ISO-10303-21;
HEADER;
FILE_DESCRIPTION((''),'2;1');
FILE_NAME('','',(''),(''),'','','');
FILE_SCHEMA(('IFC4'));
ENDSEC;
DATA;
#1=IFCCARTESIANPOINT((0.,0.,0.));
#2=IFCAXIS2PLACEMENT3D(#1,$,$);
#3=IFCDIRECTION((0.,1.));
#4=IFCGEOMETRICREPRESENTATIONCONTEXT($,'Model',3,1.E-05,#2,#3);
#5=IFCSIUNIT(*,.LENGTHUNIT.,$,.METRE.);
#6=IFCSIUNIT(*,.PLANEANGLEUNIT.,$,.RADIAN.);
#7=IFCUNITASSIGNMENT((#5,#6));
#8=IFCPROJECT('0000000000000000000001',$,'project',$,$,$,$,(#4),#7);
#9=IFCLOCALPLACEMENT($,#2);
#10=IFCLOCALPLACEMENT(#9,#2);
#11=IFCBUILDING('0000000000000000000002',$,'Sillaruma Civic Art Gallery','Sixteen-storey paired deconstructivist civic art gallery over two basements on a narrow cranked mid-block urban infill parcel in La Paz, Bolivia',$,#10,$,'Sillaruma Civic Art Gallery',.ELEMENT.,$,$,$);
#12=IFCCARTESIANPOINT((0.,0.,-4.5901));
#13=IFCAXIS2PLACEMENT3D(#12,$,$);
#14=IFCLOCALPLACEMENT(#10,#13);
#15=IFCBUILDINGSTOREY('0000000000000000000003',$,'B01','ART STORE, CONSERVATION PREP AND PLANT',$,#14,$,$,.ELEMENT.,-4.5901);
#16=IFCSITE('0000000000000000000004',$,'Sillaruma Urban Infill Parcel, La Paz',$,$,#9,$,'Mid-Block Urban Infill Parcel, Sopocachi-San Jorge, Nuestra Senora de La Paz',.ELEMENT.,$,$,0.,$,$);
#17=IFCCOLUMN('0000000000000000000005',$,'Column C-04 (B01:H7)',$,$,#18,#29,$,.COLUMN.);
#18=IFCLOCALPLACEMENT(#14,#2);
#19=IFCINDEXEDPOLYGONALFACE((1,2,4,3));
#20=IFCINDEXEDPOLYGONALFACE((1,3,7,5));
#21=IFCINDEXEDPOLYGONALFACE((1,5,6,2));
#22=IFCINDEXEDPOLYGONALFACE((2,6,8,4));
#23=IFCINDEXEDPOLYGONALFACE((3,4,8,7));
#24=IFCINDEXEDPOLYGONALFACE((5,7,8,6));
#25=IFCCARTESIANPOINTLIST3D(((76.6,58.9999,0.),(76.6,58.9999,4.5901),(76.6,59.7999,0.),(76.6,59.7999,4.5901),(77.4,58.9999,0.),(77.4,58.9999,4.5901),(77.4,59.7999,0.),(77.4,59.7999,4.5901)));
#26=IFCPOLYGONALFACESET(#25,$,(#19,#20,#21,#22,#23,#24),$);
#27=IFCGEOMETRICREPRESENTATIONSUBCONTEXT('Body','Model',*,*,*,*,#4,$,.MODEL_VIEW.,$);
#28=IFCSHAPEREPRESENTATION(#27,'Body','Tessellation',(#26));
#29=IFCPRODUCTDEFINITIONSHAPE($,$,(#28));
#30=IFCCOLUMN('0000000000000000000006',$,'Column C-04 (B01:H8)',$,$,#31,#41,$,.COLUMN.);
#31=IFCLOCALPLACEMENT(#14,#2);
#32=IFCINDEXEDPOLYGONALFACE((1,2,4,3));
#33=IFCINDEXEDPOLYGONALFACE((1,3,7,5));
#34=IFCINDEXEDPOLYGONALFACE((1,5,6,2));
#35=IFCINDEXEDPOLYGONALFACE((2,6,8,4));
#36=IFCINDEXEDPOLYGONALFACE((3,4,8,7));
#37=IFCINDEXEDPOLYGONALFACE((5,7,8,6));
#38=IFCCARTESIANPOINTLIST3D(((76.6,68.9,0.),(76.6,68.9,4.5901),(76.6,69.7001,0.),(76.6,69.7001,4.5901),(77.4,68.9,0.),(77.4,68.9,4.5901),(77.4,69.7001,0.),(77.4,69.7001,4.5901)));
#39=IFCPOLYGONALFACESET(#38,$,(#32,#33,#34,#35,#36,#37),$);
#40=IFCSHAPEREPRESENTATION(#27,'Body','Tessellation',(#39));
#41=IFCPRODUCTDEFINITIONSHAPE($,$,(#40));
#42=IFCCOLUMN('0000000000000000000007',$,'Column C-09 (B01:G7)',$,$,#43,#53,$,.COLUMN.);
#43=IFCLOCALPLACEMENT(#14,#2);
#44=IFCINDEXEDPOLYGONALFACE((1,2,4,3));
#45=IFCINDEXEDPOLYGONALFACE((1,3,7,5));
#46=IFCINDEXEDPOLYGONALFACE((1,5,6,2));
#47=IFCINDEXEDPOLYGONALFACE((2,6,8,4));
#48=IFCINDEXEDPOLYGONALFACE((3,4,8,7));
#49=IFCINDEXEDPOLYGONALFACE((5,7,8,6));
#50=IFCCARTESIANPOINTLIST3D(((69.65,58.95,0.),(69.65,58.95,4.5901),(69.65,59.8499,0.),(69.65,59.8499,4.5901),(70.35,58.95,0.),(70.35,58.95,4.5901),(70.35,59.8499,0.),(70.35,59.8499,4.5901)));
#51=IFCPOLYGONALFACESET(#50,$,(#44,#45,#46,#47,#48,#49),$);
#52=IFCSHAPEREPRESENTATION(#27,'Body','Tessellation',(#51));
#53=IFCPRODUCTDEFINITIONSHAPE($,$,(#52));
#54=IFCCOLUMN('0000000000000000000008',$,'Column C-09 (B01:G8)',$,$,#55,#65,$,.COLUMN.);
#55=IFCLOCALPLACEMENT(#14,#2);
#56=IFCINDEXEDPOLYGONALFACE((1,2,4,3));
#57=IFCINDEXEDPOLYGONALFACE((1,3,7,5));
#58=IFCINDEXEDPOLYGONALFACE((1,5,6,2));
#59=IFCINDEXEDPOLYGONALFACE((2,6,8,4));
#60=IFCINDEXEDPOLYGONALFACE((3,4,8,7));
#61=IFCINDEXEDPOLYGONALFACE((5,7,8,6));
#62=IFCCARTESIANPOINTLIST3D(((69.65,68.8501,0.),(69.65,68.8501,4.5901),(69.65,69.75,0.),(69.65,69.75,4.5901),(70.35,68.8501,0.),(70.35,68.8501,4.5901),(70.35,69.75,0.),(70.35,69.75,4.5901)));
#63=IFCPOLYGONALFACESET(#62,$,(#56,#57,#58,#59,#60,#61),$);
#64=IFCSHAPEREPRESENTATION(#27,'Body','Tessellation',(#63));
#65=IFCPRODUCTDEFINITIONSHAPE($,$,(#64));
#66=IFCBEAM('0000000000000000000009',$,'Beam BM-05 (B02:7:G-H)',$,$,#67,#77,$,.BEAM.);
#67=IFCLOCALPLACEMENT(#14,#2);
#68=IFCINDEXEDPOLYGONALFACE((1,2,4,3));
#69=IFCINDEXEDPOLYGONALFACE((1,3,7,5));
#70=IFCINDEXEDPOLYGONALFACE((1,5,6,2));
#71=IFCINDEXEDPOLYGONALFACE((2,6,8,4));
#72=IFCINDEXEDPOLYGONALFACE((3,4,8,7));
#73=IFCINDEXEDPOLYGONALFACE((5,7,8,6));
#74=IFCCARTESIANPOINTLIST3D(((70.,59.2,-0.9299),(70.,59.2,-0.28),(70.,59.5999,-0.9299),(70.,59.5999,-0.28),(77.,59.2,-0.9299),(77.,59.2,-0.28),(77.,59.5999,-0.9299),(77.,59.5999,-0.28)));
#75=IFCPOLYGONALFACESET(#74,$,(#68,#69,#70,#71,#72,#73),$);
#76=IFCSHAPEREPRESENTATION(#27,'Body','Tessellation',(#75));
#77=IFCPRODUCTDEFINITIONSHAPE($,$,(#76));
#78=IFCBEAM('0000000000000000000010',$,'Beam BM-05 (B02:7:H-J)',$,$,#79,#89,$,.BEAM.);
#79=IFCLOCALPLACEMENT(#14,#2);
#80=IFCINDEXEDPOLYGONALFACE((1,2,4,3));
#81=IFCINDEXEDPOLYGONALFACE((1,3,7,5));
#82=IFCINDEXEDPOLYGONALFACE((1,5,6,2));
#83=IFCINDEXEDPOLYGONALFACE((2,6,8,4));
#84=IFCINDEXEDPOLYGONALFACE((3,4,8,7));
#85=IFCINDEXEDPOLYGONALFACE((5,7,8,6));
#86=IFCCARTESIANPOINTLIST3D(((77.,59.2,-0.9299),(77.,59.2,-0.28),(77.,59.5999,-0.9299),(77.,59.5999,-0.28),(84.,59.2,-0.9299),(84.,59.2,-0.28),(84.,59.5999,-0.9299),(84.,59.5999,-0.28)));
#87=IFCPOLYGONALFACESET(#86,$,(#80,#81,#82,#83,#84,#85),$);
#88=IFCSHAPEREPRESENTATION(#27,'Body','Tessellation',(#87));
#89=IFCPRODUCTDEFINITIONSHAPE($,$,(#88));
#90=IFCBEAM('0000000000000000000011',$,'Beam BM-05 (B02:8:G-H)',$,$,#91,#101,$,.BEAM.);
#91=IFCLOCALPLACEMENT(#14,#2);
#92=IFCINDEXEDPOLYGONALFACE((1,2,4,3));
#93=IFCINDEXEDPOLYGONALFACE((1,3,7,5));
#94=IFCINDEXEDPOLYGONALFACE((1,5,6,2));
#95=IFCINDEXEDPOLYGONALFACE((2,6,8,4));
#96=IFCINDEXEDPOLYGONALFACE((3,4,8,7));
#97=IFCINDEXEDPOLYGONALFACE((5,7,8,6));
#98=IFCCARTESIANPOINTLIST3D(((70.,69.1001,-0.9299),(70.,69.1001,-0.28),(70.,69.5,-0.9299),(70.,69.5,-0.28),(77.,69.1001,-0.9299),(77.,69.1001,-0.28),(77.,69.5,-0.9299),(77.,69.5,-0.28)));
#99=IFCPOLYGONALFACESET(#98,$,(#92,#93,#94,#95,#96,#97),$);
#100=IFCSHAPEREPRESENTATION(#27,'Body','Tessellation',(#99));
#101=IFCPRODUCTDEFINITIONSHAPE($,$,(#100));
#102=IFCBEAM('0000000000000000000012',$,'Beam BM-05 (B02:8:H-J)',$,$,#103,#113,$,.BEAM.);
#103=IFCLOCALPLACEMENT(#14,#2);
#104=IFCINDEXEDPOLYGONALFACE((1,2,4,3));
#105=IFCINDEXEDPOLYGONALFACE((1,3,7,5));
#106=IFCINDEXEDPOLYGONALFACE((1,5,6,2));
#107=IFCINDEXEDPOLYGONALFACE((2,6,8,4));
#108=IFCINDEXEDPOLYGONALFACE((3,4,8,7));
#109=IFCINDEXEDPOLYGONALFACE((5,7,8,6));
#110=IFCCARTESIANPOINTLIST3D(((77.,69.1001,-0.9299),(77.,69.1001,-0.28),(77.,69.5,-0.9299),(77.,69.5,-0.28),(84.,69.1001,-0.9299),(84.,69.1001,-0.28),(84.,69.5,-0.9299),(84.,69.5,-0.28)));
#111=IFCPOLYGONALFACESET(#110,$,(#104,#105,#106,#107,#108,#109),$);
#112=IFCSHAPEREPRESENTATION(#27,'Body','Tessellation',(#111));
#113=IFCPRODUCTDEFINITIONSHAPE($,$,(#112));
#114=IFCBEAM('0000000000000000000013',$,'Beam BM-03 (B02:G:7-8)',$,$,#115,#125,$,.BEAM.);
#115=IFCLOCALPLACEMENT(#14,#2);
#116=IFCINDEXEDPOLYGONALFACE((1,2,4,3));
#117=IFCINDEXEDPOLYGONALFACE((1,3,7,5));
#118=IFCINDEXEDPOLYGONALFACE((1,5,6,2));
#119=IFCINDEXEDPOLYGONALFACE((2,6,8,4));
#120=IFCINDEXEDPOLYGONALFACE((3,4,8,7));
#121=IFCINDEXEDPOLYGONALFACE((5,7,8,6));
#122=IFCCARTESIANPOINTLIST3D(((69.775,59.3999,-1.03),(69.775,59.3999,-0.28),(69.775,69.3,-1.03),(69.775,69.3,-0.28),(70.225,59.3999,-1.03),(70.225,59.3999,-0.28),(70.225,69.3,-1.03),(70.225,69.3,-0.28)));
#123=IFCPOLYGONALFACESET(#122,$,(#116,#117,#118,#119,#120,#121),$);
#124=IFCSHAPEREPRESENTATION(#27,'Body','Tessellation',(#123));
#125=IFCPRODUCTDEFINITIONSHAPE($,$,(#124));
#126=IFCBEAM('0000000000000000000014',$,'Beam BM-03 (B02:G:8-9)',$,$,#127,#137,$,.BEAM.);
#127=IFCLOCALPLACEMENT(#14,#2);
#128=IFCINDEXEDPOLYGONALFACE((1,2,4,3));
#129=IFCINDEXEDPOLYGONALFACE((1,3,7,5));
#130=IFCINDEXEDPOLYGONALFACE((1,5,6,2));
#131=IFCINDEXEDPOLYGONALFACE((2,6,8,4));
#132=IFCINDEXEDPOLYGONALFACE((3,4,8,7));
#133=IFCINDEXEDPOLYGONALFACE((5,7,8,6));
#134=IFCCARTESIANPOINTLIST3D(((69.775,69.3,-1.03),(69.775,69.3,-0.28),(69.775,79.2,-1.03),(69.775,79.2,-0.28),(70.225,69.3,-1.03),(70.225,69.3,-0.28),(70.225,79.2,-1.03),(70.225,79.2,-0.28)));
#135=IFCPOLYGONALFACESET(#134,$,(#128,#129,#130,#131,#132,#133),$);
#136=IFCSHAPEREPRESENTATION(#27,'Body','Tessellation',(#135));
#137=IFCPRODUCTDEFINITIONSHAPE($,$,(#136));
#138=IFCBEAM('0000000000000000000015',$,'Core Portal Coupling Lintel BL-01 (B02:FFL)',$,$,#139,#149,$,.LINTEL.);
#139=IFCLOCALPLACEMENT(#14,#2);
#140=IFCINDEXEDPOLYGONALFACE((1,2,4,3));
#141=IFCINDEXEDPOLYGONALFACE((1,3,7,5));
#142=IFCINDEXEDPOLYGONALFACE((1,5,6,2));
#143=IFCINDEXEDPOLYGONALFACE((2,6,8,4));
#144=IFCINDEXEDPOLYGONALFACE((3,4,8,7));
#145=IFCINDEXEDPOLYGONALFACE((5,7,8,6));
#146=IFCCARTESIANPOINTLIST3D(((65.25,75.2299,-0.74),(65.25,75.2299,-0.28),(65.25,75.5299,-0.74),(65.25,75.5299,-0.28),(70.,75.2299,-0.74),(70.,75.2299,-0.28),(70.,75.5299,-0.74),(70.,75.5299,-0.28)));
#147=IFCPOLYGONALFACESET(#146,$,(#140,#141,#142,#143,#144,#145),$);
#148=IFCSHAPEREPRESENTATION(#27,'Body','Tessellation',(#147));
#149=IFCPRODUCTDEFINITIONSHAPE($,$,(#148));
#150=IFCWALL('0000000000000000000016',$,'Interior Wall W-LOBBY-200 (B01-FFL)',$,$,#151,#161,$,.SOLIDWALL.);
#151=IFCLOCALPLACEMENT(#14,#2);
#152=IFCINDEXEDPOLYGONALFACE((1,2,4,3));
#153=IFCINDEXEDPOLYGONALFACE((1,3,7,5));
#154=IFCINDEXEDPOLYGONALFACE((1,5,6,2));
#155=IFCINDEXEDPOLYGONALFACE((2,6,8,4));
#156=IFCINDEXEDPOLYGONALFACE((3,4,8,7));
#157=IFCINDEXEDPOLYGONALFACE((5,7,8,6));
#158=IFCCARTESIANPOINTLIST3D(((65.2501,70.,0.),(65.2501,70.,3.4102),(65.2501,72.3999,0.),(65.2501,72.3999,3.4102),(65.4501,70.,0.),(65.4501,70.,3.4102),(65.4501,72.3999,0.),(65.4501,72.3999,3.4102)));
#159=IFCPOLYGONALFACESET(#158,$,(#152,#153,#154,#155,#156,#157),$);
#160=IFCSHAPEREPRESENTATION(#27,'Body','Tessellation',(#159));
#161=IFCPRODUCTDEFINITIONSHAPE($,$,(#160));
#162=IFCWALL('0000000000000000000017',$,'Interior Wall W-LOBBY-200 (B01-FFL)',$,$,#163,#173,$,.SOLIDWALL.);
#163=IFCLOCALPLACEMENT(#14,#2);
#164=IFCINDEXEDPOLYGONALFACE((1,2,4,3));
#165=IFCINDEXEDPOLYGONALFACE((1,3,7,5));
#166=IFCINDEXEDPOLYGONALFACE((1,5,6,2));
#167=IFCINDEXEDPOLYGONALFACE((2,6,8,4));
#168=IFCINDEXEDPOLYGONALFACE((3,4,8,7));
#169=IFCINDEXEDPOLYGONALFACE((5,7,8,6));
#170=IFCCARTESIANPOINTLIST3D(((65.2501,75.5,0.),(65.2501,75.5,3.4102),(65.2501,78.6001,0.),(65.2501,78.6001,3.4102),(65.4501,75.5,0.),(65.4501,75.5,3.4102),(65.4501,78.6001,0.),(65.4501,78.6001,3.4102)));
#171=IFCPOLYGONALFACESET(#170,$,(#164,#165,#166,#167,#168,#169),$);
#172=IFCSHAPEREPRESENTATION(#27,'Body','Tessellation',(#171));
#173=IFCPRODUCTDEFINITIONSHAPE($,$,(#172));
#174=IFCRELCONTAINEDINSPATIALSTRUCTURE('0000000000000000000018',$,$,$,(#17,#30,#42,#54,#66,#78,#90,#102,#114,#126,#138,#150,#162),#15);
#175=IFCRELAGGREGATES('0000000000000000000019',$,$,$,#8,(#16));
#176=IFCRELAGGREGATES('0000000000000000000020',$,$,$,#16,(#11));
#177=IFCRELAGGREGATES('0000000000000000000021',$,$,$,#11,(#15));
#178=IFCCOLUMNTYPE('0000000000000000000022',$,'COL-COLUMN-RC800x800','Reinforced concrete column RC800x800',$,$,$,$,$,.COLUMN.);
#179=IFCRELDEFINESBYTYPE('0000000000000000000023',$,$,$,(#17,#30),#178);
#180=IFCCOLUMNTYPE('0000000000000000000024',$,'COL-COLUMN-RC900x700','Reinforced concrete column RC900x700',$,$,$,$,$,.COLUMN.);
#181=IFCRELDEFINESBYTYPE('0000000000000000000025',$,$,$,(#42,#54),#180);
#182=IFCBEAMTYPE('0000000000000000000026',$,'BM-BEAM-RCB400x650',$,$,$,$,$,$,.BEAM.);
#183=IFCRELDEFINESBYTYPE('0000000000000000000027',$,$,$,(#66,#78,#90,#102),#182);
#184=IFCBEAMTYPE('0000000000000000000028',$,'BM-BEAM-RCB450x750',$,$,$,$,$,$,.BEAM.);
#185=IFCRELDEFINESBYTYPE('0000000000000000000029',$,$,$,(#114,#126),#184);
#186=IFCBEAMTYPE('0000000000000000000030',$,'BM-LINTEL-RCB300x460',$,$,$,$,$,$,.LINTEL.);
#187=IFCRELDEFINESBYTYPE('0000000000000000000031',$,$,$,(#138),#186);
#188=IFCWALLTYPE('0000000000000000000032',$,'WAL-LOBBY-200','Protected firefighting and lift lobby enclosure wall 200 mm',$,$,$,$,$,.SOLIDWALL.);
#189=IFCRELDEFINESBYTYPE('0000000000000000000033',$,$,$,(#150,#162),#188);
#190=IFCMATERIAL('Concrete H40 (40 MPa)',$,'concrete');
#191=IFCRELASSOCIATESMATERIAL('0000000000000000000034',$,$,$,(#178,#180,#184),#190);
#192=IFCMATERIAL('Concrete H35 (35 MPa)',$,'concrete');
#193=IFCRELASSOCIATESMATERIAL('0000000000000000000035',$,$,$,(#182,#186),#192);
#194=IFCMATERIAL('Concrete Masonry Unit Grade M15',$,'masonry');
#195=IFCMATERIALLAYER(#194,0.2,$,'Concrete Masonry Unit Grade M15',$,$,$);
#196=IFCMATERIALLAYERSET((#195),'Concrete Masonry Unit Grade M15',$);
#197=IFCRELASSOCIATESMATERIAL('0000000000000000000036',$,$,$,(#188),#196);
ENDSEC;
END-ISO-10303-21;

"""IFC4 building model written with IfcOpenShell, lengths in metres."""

from ifc_helpers import new_model, si_unit, direction, frame, frame_2d, origin, origin_2d, place, context, subcontext, project, spatial, rectangle, extrude, material, layer, layer_set, material_profile, profile_set, type_object, element, save


model = new_model("IFC4")

# Units and contexts
model_context = context("Model", 3, precision=1e-05, world=origin(), true_north=direction((0.0, 1.0)))
body_context = subcontext(model_context, "Body", "Model", "MODEL_VIEW")
ifc_project = project(units=[si_unit("LENGTHUNIT", "METRE"), si_unit("PLANEANGLEUNIT", "RADIAN")], contexts=[model_context])

# Site, building, storey
site_placement = place(None, origin())
site = spatial("IfcSite", under=ifc_project, at=site_placement, Name="Sillaruma Urban Infill Parcel, La Paz", LongName="Mid-Block Urban Infill Parcel, Sopocachi-San Jorge, Nuestra Senora de La Paz", CompositionType="ELEMENT", RefElevation=0.0)
building_placement = place(site_placement, origin())
building = spatial("IfcBuilding", under=site, at=building_placement, Name="Sillaruma Civic Art Gallery", Description="Sixteen-storey paired deconstructivist civic art gallery over two basements on a narrow cranked mid-block urban infill parcel in La Paz, Bolivia", LongName="Sillaruma Civic Art Gallery", CompositionType="ELEMENT")
storey_placement = place(building_placement, frame((0.0, 0.0, -4.5901)))
storey = spatial("IfcBuildingStorey", under=building, at=storey_placement, Name="B01", Description="ART STORE, CONSERVATION PREP AND PLANT", CompositionType="ELEMENT", Elevation=-4.5901)

# Columns
ifc_material_1 = material(Name="Concrete H40 (40 MPa)", Category="concrete")
ifc_material_profile_1 = material_profile(ifc_material_1, rectangle(XDim=0.8, YDim=0.8, at=origin_2d()), Name="RC800x800")
ifc_profile_set_1 = profile_set([ifc_material_profile_1], Name="Concrete H40 (40 MPa)")
column_type_1 = type_object("IfcColumnType", Name="COL-COLUMN-RC800x800", Description="Reinforced concrete column RC800x800", PredefinedType="COLUMN", material=ifc_profile_set_1)
for number, where, z_axis, x_axis, name in (
    (1, (77.0, 59.3999, 0.0), (0.0, 0.0, 1.0), (1.0, 0.0, 0.0), "Column C-04 (B01:H7)"),
    (2, (77.0, 69.3, 0.0), (0.0, 0.0, 1.0), (1.0, 0.0, 0.0), "Column C-04 (B01:H8)"),
):
    element("IfcColumn", number, at=place(storey_placement, frame(where, z_axis=z_axis, x_axis=x_axis)), inside=storey, type_object=column_type_1, Name=name, PredefinedType="COLUMN", context=body_context, shape_type="SweptSolid", body=[
        extrude(rectangle(XDim=0.8, YDim=0.8, at=origin_2d()), origin(), (0.0, 0.0, 1.0), 4.5901),
    ])
ifc_material_profile_2 = material_profile(ifc_material_1, rectangle(XDim=0.7, YDim=0.8999, at=origin_2d()), Name="RC900x700")
ifc_profile_set_2 = profile_set([ifc_material_profile_2], Name="Concrete H40 (40 MPa)")
column_type_2 = type_object("IfcColumnType", Name="COL-COLUMN-RC900x700", Description="Reinforced concrete column RC900x700", PredefinedType="COLUMN", material=ifc_profile_set_2)
for number, where, z_axis, x_axis, name in (
    (3, (70.0, 59.3999, 0.0), (0.0, 0.0, 1.0), (1.0, 0.0, 0.0), "Column C-09 (B01:G7)"),
    (4, (70.0, 69.3, 0.0), (0.0, 0.0, 1.0), (1.0, 0.0, 0.0), "Column C-09 (B01:G8)"),
):
    element("IfcColumn", number, at=place(storey_placement, frame(where, z_axis=z_axis, x_axis=x_axis)), inside=storey, type_object=column_type_2, Name=name, PredefinedType="COLUMN", context=body_context, shape_type="SweptSolid", body=[
        extrude(rectangle(XDim=0.7, YDim=0.8999, at=origin_2d()), origin(), (0.0, 0.0, 1.0), 4.5901),
    ])

# Beams
ifc_material_2 = material(Name="Concrete H35 (35 MPa)", Category="concrete")
ifc_material_profile_3 = material_profile(ifc_material_2, rectangle(XDim=0.3999, YDim=0.6499, at=origin_2d()), Name="RCB400x650")
ifc_profile_set_3 = profile_set([ifc_material_profile_3], Name="Concrete H35 (35 MPa)")
beam_type_1 = type_object("IfcBeamType", Name="BM-BEAM-RCB400x650", PredefinedType="BEAM", material=ifc_profile_set_3)
for number, where, z_axis, x_axis, name in (
    (5, (70.0, 59.3999, -0.605), (1.0, 0.0, 0.0), (0.0, 1.0, 0.0), "Beam BM-05 (B02:7:G-H)"),
    (6, (77.0, 59.3999, -0.605), (1.0, 0.0, 0.0), (0.0, 1.0, 0.0), "Beam BM-05 (B02:7:H-J)"),
    (7, (70.0, 69.3, -0.605), (1.0, 0.0, 0.0), (0.0, 1.0, 0.0), "Beam BM-05 (B02:8:G-H)"),
    (8, (77.0, 69.3, -0.605), (1.0, 0.0, 0.0), (0.0, 1.0, 0.0), "Beam BM-05 (B02:8:H-J)"),
):
    element("IfcBeam", number, at=place(storey_placement, frame(where, z_axis=z_axis, x_axis=x_axis)), inside=storey, type_object=beam_type_1, Name=name, PredefinedType="BEAM", context=body_context, shape_type="SweptSolid", body=[
        extrude(rectangle(XDim=0.3999, YDim=0.6499, at=origin_2d()), origin(), (0.0, 0.0, 1.0), 7.0),
    ])
ifc_material_profile_4 = material_profile(ifc_material_1, rectangle(XDim=0.45, YDim=0.75, at=origin_2d()), Name="RCB450x750")
ifc_profile_set_4 = profile_set([ifc_material_profile_4], Name="Concrete H40 (40 MPa)")
beam_type_2 = type_object("IfcBeamType", Name="BM-BEAM-RCB450x750", PredefinedType="BEAM", material=ifc_profile_set_4)
beam_1_placement = place(storey_placement, frame((70.0, 59.3999, -0.655), z_axis=(0.0, 1.0, 0.0), x_axis=(-1.0, 0.0, 0.0)))
element("IfcBeam", 9, at=beam_1_placement, inside=storey, type_object=beam_type_2, Name="Beam BM-03 (B02:G:7-8)", PredefinedType="BEAM", context=body_context, shape_type="SweptSolid", body=[
    extrude(rectangle(XDim=0.45, YDim=0.75, at=origin_2d()), origin(), (0.0, 0.0, 1.0), 9.9001),
])
beam_2_placement = place(storey_placement, frame((70.0, 69.3, -0.655), z_axis=(0.0, 1.0, 0.0), x_axis=(-1.0, 0.0, 0.0)))
element("IfcBeam", 10, at=beam_2_placement, inside=storey, type_object=beam_type_2, Name="Beam BM-03 (B02:G:8-9)", PredefinedType="BEAM", context=body_context, shape_type="SweptSolid", body=[
    extrude(rectangle(XDim=0.45, YDim=0.75, at=origin_2d()), origin(), (0.0, 0.0, 1.0), 9.8999),
])
ifc_material_profile_5 = material_profile(ifc_material_2, rectangle(XDim=0.3, YDim=0.46, at=origin_2d()), Name="RCB300x460")
ifc_profile_set_5 = profile_set([ifc_material_profile_5], Name="Concrete H35 (35 MPa)")
beam_type_3 = type_object("IfcBeamType", Name="BM-LINTEL-RCB300x460", PredefinedType="LINTEL", material=ifc_profile_set_5)
beam_3_placement = place(storey_placement, frame((65.25, 75.3799, -0.51), z_axis=(1.0, 0.0, 0.0), x_axis=(0.0, 1.0, 0.0)))
element("IfcBeam", 11, at=beam_3_placement, inside=storey, type_object=beam_type_3, Name="Core Portal Coupling Lintel BL-01 (B02:FFL)", PredefinedType="LINTEL", context=body_context, shape_type="SweptSolid", body=[
    extrude(rectangle(XDim=0.3, YDim=0.46, at=origin_2d()), origin(), (0.0, 0.0, 1.0), 4.75),
])

# Walls
ifc_material_3 = material(Name="Concrete Masonry Unit Grade M15", Category="masonry")
ifc_layer_1 = layer(ifc_material_3, 0.2, Name="Concrete Masonry Unit Grade M15")
ifc_layer_set_1 = layer_set([ifc_layer_1], Name="Concrete Masonry Unit Grade M15")
wall_type_1 = type_object("IfcWallType", Name="WAL-LOBBY-200", Description="Protected firefighting and lift lobby enclosure wall 200 mm", PredefinedType="SOLIDWALL", material=ifc_layer_set_1)
wall_1_placement = place(storey_placement, frame((65.3501, 70.0, 0.0), z_axis=(0.0, 0.0, 1.0), x_axis=(0.0, 1.0, 0.0)))
element("IfcWall", 12, at=wall_1_placement, inside=storey, type_object=wall_type_1, Name="Interior Wall W-LOBBY-200 (B01-FFL)", PredefinedType="SOLIDWALL", context=body_context, shape_type="SweptSolid", body=[
    extrude(rectangle(XDim=2.3999, YDim=0.2, at=frame_2d((1.2, 0.0))), origin(), (0.0, 0.0, 1.0), 3.4102),
])
wall_2_placement = place(storey_placement, frame((65.3501, 75.5, 0.0), z_axis=(0.0, 0.0, 1.0), x_axis=(0.0, 1.0, 0.0)))
element("IfcWall", 13, at=wall_2_placement, inside=storey, type_object=wall_type_1, Name="Interior Wall W-LOBBY-200 (B01-FFL)", PredefinedType="SOLIDWALL", context=body_context, shape_type="SweptSolid", body=[
    extrude(rectangle(XDim=3.1001, YDim=0.2, at=frame_2d((1.55, 0.0))), origin(), (0.0, 0.0, 1.0), 3.4102),
])

save(model, "model.ifc")
